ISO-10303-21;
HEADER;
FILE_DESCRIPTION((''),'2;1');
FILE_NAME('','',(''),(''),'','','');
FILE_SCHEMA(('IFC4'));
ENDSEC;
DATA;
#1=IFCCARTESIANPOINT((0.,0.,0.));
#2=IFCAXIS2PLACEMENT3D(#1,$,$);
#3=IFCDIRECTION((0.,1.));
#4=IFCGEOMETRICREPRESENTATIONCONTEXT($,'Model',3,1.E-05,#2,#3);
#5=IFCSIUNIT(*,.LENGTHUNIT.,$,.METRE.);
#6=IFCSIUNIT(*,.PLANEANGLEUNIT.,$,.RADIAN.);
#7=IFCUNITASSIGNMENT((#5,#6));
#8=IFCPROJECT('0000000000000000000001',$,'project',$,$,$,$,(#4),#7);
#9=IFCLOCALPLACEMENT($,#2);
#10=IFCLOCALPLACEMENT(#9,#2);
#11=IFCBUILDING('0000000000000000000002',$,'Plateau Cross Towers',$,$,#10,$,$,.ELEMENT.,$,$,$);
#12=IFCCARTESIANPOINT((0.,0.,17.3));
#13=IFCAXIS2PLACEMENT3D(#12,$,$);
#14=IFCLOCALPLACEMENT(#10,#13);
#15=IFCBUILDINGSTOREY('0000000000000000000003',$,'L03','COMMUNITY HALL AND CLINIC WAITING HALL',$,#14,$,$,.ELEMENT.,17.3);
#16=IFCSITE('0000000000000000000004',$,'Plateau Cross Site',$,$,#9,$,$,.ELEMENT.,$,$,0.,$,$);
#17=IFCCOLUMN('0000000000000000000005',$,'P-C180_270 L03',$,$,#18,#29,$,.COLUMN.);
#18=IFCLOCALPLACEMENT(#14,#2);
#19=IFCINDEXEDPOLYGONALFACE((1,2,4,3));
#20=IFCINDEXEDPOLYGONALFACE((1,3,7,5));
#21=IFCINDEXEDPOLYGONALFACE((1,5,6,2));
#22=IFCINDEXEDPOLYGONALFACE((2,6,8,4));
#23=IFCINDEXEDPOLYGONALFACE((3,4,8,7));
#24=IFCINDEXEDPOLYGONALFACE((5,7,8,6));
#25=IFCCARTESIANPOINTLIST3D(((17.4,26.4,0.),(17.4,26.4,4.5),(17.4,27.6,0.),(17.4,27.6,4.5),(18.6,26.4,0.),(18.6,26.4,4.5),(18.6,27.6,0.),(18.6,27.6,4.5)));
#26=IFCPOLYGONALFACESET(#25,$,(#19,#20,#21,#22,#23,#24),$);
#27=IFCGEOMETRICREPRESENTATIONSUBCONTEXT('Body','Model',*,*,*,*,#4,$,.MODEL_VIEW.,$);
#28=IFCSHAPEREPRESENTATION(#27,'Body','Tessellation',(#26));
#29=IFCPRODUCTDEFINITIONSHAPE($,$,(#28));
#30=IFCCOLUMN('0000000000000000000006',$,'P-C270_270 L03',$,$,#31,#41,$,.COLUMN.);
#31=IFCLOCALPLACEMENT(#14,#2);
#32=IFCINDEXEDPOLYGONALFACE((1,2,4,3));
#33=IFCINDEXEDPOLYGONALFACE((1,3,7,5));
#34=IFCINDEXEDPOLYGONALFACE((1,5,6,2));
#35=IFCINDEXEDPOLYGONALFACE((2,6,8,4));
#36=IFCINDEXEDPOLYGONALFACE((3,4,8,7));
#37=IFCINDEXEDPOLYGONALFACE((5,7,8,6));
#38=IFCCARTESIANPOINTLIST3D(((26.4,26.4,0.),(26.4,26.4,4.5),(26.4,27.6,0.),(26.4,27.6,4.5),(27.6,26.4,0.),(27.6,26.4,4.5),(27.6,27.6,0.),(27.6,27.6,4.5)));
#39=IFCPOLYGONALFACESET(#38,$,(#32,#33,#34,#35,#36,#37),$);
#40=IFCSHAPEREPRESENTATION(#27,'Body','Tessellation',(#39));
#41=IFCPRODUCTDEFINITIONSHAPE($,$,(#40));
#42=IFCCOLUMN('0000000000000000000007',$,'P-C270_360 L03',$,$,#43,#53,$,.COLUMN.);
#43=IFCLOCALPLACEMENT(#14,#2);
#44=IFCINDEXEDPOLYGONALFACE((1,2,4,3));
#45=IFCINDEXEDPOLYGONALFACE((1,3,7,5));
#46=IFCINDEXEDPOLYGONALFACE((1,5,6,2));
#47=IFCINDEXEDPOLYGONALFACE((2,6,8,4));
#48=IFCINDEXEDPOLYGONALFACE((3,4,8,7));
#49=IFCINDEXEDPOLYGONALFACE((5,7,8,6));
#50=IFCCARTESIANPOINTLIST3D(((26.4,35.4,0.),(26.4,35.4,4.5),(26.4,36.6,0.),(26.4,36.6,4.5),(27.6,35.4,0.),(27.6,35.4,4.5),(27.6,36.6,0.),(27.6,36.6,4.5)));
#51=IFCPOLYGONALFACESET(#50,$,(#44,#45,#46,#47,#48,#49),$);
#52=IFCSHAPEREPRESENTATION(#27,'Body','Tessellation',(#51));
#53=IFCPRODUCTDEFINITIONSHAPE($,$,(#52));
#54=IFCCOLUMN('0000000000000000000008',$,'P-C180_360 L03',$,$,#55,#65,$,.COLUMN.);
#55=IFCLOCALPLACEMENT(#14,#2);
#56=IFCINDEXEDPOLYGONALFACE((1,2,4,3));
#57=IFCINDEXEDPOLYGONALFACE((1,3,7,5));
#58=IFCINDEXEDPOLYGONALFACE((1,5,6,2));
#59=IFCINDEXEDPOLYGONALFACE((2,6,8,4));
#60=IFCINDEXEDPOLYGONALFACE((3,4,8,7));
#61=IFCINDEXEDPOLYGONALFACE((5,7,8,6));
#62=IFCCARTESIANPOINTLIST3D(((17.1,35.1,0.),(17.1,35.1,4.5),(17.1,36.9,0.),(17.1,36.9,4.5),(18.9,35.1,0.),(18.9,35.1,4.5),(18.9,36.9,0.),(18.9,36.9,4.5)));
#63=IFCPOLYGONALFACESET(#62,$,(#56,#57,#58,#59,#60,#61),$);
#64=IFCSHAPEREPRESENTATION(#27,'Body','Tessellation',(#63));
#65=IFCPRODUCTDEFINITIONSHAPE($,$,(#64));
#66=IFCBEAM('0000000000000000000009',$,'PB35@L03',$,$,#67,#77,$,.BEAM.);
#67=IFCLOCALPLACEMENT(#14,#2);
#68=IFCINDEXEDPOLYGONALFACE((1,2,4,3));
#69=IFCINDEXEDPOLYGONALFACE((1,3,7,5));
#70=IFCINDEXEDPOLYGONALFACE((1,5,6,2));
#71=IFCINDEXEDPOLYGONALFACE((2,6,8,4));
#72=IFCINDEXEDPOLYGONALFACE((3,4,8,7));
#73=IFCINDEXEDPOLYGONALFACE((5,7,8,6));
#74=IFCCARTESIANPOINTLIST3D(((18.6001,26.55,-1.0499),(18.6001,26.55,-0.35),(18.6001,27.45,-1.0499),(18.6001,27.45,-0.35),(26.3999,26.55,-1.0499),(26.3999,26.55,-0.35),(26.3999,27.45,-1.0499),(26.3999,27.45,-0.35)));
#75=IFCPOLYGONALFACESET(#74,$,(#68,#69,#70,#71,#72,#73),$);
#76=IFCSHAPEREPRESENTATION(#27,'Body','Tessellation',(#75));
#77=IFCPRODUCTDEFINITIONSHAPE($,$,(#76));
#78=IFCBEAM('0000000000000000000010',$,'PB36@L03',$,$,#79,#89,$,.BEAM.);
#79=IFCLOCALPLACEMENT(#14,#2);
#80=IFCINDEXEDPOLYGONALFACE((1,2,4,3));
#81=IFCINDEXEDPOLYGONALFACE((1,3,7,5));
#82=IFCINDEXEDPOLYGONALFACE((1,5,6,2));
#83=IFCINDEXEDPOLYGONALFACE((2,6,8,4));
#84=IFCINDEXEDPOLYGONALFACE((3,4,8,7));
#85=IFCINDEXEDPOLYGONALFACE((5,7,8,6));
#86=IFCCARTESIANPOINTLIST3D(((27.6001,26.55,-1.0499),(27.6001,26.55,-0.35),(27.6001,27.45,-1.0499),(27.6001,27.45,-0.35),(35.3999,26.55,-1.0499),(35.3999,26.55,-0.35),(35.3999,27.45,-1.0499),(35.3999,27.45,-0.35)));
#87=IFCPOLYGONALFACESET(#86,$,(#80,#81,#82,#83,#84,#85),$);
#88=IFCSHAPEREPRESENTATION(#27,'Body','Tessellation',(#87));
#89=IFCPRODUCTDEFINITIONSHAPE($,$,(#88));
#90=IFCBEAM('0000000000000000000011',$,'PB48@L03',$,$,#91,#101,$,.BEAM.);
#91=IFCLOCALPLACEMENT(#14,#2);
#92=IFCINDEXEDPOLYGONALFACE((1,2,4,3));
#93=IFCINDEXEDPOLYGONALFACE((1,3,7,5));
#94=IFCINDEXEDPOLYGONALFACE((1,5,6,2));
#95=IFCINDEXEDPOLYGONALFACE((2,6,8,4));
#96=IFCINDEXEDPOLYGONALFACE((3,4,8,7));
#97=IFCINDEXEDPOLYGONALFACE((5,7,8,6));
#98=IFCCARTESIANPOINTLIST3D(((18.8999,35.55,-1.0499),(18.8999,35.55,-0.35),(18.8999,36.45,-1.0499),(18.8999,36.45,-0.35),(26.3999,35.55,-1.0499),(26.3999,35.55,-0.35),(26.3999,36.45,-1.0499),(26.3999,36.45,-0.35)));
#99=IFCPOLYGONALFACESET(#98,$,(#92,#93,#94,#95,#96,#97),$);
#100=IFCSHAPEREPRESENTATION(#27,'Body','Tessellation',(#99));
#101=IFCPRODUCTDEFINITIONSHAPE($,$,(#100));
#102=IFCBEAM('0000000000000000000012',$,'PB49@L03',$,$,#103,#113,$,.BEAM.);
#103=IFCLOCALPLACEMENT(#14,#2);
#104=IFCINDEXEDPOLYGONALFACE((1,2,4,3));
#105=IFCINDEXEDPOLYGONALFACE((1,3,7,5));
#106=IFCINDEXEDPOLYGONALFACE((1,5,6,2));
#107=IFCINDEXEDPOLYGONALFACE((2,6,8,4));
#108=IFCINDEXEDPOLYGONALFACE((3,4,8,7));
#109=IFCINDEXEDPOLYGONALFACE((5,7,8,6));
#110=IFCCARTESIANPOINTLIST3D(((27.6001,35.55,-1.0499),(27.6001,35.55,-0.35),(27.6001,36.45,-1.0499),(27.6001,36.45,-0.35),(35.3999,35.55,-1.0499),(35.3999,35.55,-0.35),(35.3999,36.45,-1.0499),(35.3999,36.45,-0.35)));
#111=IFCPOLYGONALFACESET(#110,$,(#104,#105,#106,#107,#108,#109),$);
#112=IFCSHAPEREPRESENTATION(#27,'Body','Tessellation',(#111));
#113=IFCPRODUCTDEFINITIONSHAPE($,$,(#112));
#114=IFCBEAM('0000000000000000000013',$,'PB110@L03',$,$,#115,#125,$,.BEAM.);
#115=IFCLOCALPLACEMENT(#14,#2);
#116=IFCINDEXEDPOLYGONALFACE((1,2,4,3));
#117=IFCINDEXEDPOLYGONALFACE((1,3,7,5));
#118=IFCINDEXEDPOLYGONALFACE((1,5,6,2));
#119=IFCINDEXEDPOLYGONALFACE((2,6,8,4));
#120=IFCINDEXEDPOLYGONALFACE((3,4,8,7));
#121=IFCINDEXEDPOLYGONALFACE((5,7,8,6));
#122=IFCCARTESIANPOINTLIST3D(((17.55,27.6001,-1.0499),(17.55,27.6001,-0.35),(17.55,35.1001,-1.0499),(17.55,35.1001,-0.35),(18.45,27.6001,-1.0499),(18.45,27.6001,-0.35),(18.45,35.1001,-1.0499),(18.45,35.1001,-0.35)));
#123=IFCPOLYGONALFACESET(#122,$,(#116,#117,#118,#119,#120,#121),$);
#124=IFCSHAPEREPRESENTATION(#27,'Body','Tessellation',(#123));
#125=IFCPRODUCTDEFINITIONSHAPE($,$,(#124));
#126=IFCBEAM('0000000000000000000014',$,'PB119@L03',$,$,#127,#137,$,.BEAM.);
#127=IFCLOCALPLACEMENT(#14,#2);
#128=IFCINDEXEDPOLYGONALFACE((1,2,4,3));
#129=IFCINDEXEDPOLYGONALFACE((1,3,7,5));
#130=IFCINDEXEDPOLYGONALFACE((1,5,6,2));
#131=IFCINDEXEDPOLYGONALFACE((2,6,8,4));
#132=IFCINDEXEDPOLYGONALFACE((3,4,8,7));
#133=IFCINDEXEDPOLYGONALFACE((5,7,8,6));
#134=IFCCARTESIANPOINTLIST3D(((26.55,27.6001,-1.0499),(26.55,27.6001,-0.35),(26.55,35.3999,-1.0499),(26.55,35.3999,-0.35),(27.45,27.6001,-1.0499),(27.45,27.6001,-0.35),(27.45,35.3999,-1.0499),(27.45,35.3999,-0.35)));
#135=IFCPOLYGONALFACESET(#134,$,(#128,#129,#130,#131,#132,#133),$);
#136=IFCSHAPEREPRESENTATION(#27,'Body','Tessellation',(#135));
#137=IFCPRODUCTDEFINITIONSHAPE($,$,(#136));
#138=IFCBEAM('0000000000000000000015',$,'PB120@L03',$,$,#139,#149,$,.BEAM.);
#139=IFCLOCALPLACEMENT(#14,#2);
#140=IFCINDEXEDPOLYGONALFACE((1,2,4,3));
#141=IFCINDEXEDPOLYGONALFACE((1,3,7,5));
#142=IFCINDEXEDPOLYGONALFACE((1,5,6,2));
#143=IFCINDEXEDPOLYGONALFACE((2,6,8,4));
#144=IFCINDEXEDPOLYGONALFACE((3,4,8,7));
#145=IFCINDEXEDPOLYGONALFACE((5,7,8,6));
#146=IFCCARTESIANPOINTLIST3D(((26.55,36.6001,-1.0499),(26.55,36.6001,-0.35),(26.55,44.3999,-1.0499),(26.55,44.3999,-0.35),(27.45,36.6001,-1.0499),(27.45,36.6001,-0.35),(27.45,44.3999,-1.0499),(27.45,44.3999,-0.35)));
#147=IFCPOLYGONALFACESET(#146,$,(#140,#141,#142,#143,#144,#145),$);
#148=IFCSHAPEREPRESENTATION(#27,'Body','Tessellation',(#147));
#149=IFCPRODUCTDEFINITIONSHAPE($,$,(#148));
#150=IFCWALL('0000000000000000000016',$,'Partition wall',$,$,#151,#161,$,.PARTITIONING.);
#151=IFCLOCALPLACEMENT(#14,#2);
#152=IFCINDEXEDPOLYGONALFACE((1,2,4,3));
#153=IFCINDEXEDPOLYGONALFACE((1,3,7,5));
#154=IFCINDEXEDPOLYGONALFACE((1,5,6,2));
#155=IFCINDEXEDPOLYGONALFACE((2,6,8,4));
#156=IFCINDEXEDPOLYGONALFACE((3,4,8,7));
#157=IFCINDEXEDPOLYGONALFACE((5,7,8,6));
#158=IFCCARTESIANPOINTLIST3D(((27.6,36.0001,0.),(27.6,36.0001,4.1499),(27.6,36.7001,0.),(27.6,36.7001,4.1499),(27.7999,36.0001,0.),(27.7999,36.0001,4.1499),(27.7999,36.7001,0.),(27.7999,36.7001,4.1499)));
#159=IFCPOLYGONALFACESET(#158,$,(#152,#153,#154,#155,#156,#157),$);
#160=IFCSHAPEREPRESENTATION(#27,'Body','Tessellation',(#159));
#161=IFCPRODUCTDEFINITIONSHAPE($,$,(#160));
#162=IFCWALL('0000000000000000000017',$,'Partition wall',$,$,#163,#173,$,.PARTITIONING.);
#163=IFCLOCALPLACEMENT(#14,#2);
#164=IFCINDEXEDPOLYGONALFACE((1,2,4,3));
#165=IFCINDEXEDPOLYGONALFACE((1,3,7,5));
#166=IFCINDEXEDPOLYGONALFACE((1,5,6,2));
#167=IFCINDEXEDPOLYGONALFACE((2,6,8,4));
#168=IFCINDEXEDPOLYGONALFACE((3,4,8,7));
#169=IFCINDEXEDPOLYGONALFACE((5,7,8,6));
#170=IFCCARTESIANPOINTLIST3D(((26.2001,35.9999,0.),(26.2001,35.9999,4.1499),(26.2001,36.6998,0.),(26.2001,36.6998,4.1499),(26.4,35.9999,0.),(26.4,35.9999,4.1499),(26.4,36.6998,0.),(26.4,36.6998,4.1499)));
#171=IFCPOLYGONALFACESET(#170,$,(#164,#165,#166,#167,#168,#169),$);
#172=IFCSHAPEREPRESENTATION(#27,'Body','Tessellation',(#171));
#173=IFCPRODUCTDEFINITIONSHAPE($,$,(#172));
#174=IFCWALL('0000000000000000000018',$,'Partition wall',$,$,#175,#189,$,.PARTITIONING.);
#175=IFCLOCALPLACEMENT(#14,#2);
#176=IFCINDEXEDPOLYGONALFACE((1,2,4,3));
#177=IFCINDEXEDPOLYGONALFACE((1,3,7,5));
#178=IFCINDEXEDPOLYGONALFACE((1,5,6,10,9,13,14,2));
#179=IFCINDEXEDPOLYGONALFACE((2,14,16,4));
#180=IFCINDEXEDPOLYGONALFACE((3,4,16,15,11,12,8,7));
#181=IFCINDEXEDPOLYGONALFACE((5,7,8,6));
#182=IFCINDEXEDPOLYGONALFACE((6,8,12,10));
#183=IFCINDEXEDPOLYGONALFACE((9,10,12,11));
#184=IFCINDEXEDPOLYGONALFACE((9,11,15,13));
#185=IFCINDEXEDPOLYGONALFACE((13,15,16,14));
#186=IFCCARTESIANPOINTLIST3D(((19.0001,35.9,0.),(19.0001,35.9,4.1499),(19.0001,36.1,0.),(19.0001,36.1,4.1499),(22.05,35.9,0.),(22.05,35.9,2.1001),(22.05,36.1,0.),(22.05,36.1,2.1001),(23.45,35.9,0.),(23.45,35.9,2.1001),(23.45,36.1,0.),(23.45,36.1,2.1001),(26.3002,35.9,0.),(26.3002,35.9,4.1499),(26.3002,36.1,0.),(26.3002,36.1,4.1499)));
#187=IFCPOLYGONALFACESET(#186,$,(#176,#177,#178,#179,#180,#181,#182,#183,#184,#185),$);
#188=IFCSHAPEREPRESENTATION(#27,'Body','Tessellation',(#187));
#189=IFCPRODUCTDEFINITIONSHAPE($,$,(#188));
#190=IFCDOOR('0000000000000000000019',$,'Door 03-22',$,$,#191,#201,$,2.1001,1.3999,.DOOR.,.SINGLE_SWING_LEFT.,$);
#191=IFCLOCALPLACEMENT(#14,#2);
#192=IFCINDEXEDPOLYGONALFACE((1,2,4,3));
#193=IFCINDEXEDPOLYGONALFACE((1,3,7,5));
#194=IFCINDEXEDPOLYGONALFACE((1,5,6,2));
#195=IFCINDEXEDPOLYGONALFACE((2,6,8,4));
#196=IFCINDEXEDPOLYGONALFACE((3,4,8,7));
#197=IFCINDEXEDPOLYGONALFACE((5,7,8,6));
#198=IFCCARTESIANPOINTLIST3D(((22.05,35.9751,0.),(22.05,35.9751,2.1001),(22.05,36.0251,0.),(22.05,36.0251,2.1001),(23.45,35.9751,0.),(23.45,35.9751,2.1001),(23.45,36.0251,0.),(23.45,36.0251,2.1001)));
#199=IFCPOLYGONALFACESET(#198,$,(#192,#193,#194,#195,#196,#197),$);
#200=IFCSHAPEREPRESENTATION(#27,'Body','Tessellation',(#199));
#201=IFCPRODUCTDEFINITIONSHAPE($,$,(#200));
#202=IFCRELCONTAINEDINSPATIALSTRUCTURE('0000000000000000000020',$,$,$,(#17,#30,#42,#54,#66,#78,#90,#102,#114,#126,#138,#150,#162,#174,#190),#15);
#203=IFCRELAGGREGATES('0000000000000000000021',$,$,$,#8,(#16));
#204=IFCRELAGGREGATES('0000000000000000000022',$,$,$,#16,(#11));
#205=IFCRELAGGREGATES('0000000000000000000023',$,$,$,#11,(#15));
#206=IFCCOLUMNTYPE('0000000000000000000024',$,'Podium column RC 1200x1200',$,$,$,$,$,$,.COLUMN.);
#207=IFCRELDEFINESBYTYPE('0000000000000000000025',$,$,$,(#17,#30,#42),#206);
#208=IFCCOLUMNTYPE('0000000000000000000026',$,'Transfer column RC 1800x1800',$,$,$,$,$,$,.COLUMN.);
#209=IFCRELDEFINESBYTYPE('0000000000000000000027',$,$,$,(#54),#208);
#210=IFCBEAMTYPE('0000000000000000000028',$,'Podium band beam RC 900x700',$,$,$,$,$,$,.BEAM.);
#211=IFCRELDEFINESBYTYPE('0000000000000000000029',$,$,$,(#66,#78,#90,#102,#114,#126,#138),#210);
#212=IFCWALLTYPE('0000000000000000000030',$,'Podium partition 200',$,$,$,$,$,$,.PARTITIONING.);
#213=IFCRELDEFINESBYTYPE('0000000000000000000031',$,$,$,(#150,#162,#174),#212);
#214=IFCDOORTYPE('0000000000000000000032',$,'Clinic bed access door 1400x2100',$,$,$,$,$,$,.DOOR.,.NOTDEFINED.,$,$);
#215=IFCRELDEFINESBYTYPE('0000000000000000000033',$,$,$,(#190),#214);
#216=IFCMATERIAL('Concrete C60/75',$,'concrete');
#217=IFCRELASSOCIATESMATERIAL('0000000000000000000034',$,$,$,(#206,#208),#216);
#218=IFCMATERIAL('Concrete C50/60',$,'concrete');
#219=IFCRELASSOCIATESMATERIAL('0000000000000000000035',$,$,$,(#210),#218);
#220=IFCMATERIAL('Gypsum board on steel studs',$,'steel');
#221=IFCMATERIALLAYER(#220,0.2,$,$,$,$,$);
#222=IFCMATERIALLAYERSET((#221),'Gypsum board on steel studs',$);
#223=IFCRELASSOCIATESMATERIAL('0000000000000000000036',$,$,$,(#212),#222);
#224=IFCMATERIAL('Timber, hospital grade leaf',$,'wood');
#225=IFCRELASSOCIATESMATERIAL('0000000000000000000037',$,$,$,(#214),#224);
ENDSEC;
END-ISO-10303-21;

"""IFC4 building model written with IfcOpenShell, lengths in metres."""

from ifc_helpers import new_model, si_unit, direction, frame, frame_2d, origin, origin_2d, place, context, subcontext, project, spatial, rectangle, extrude, material, layer, layer_set, material_profile, profile_set, type_object, element, fill, save


model = new_model("IFC4")

# Units and contexts
model_context = context("Model", 3, precision=1e-05, world=origin(), true_north=direction((0.0, 1.0)))
body_context = subcontext(model_context, "Body", "Model", "MODEL_VIEW")
ifc_project = project(units=[si_unit("LENGTHUNIT", "METRE"), si_unit("PLANEANGLEUNIT", "RADIAN")], contexts=[model_context])

# Site, building, storey
site_placement = place(None, origin())
site = spatial("IfcSite", under=ifc_project, at=site_placement, Name="Plateau Cross Site", CompositionType="ELEMENT", RefElevation=0.0)
building_placement = place(site_placement, origin())
building = spatial("IfcBuilding", under=site, at=building_placement, Name="Plateau Cross Towers", CompositionType="ELEMENT")
storey_placement = place(building_placement, frame((0.0, 0.0, 17.3)))
storey = spatial("IfcBuildingStorey", under=building, at=storey_placement, Name="L03", Description="COMMUNITY HALL AND CLINIC WAITING HALL", CompositionType="ELEMENT", Elevation=17.3)

# Columns
ifc_material_1 = material(Name="Concrete C60/75", Category="concrete")
ifc_material_profile_1 = material_profile(ifc_material_1, rectangle(XDim=1.2, YDim=1.2, at=origin_2d()), Name="RC 1200x1200")
ifc_profile_set_1 = profile_set([ifc_material_profile_1], Name="Concrete C60/75")
column_type_1 = type_object("IfcColumnType", Name="Podium column RC 1200x1200", PredefinedType="COLUMN", material=ifc_profile_set_1)
for number, where, z_axis, x_axis, name in (
    (1, (18.0, 27.0, 0.0), (0.0, 0.0, 1.0), (1.0, 0.0, 0.0), "P-C180_270 L03"),
    (2, (27.0, 27.0, 0.0), (0.0, 0.0, 1.0), (1.0, 0.0, 0.0), "P-C270_270 L03"),
    (3, (27.0, 36.0, 0.0), (0.0, 0.0, 1.0), (1.0, 0.0, 0.0), "P-C270_360 L03"),
):
    element("IfcColumn", number, at=place(storey_placement, frame(where, z_axis=z_axis, x_axis=x_axis)), inside=storey, type_object=column_type_1, Name=name, PredefinedType="COLUMN", context=body_context, shape_type="SweptSolid", body=[
        extrude(rectangle(XDim=1.2, YDim=1.2, at=origin_2d()), origin(), (0.0, 0.0, 1.0), 4.5),
    ])
ifc_material_profile_2 = material_profile(ifc_material_1, rectangle(XDim=1.8, YDim=1.8, at=origin_2d()), Name="RC 1800x1800")
ifc_profile_set_2 = profile_set([ifc_material_profile_2], Name="Concrete C60/75")
column_type_2 = type_object("IfcColumnType", Name="Transfer column RC 1800x1800", PredefinedType="COLUMN", material=ifc_profile_set_2)
column_placement = place(storey_placement, frame((18.0, 36.0, 0.0), z_axis=(0.0, 0.0, 1.0), x_axis=(1.0, 0.0, 0.0)))
element("IfcColumn", 4, at=column_placement, inside=storey, type_object=column_type_2, Name="P-C180_360 L03", PredefinedType="COLUMN", context=body_context, shape_type="SweptSolid", body=[
    extrude(rectangle(XDim=1.8, YDim=1.8, at=origin_2d()), origin(), (0.0, 0.0, 1.0), 4.5),
])

# Beams
ifc_material_2 = material(Name="Concrete C50/60", Category="concrete")
ifc_material_profile_3 = material_profile(ifc_material_2, rectangle(XDim=0.8999, YDim=0.7, at=origin_2d()), Name="RC 900x700")
ifc_profile_set_3 = profile_set([ifc_material_profile_3], Name="Concrete C50/60")
beam_type = type_object("IfcBeamType", Name="Podium band beam RC 900x700", PredefinedType="BEAM", material=ifc_profile_set_3)
for number, where, z_axis, x_axis, name in (
    (5, (18.6001, 27.0, -0.7), (1.0, 0.0, 0.0), (0.0, 1.0, 0.0), "PB35@L03"),
    (6, (27.6001, 27.0, -0.7), (1.0, 0.0, 0.0), (0.0, 1.0, 0.0), "PB36@L03"),
):
    element("IfcBeam", number, at=place(storey_placement, frame(where, z_axis=z_axis, x_axis=x_axis)), inside=storey, type_object=beam_type, Name=name, PredefinedType="BEAM", context=body_context, shape_type="SweptSolid", body=[
        extrude(rectangle(XDim=0.8999, YDim=0.7, at=origin_2d()), origin(), (0.0, 0.0, 1.0), 7.7998),
    ])
beam_1_placement = place(storey_placement, frame((18.8999, 36.0, -0.7), z_axis=(1.0, 0.0, 0.0), x_axis=(0.0, 1.0, 0.0)))
element("IfcBeam", 7, at=beam_1_placement, inside=storey, type_object=beam_type, Name="PB48@L03", PredefinedType="BEAM", context=body_context, shape_type="SweptSolid", body=[
    extrude(rectangle(XDim=0.8999, YDim=0.7, at=origin_2d()), origin(), (0.0, 0.0, 1.0), 7.5),
])
beam_2_placement = place(storey_placement, frame((27.6001, 36.0, -0.7), z_axis=(1.0, 0.0, 0.0), x_axis=(0.0, 1.0, 0.0)))
element("IfcBeam", 8, at=beam_2_placement, inside=storey, type_object=beam_type, Name="PB49@L03", PredefinedType="BEAM", context=body_context, shape_type="SweptSolid", body=[
    extrude(rectangle(XDim=0.8999, YDim=0.7, at=origin_2d()), origin(), (0.0, 0.0, 1.0), 7.7998),
])
beam_3_placement = place(storey_placement, frame((18.0, 27.6001, -0.7), z_axis=(0.0, 1.0, 0.0), x_axis=(-1.0, 0.0, 0.0)))
element("IfcBeam", 9, at=beam_3_placement, inside=storey, type_object=beam_type, Name="PB110@L03", PredefinedType="BEAM", context=body_context, shape_type="SweptSolid", body=[
    extrude(rectangle(XDim=0.8999, YDim=0.7, at=origin_2d()), origin(), (0.0, 0.0, 1.0), 7.5),
])
for number, where, z_axis, x_axis, name in (
    (10, (27.0, 27.6001, -0.7), (0.0, 1.0, 0.0), (-1.0, 0.0, 0.0), "PB119@L03"),
    (11, (27.0, 36.6001, -0.7), (0.0, 1.0, 0.0), (-1.0, 0.0, 0.0), "PB120@L03"),
):
    element("IfcBeam", number, at=place(storey_placement, frame(where, z_axis=z_axis, x_axis=x_axis)), inside=storey, type_object=beam_type, Name=name, PredefinedType="BEAM", context=body_context, shape_type="SweptSolid", body=[
        extrude(rectangle(XDim=0.8999, YDim=0.7, at=origin_2d()), origin(), (0.0, 0.0, 1.0), 7.7998),
    ])

# Walls
ifc_material_3 = material(Name="Gypsum board on steel studs", Category="steel")
ifc_layer_1 = layer(ifc_material_3, 0.2)
ifc_layer_set_1 = layer_set([ifc_layer_1], Name="Gypsum board on steel studs")
wall_type_1 = type_object("IfcWallType", Name="Podium partition 200", PredefinedType="PARTITIONING", material=ifc_layer_set_1)
for number, where, z_axis, x_axis, name in (
    (12, (27.7, 36.0, 0.0), (0.0, 0.0, 1.0), (0.0, 1.0, 0.0), "Partition wall"),
    (13, (26.3, 36.7, 0.0), (0.0, 0.0, 1.0), (0.0, -1.0, 0.0), "Partition wall"),
):
    element("IfcWall", number, at=place(storey_placement, frame(where, z_axis=z_axis, x_axis=x_axis)), inside=storey, type_object=wall_type_1, Name=name, PredefinedType="PARTITIONING", context=body_context, shape_type="SweptSolid", body=[
        extrude(rectangle(XDim=0.7, YDim=0.2, at=frame_2d((0.3501, 0.0))), origin(), (0.0, 0.0, 1.0), 4.1499),
    ])

# Wall, opening, door
wall_1_placement = place(storey_placement, frame((26.3, 36.0, 0.0), z_axis=(0.0, 0.0, 1.0), x_axis=(-1.0, 0.0, 0.0)))
wall_1 = element("IfcWall", 14, at=wall_1_placement, inside=storey, type_object=wall_type_1, Name="Partition wall", PredefinedType="PARTITIONING", context=body_context, shape_type="SweptSolid", body=[
    extrude(rectangle(XDim=7.3, YDim=0.2, at=frame_2d((3.6499, 0.0))), origin(), (0.0, 0.0, 1.0), 4.1499),
])
opening_placement = place(wall_1_placement, frame((2.8501, 0.0, 0.0)))
opening = element("IfcOpeningElement", 15, at=opening_placement, cuts=wall_1, PredefinedType="OPENING", context=body_context, shape_type="SweptSolid", body=[
    extrude(rectangle(XDim=1.3999, YDim=2.1001, at=frame_2d((0.7, 1.05))), frame((0.0, 0.1099, 0.0), z_axis=(0.0, -1.0, 0.0), x_axis=(1.0, 0.0, 0.0)), (0.0, 0.0, 1.0), 0.22),
])
ifc_material_4 = material(Name="Timber, hospital grade leaf", Category="wood")
door_type = type_object("IfcDoorType", Name="Clinic bed access door 1400x2100", OperationType="NOTDEFINED", PredefinedType="DOOR", material=ifc_material_4)
door_placement = place(opening_placement, origin())
door = element("IfcDoor", 16, at=door_placement, inside=storey, type_object=door_type, Name="Door 03-22", OperationType="SINGLE_SWING_LEFT", OverallHeight=2.1001, OverallWidth=1.3999, PredefinedType="DOOR", context=body_context, shape_type="SweptSolid", body=[
    extrude(rectangle(XDim=1.3999, YDim=2.1001, at=frame_2d((0.7, 1.05))), frame((0.0, 0.0249, 0.0), z_axis=(0.0, -1.0, 0.0), x_axis=(1.0, 0.0, 0.0)), (0.0, 0.0, 1.0), 0.05),
])
fill(opening, door)

save(model, "model.ifc")
